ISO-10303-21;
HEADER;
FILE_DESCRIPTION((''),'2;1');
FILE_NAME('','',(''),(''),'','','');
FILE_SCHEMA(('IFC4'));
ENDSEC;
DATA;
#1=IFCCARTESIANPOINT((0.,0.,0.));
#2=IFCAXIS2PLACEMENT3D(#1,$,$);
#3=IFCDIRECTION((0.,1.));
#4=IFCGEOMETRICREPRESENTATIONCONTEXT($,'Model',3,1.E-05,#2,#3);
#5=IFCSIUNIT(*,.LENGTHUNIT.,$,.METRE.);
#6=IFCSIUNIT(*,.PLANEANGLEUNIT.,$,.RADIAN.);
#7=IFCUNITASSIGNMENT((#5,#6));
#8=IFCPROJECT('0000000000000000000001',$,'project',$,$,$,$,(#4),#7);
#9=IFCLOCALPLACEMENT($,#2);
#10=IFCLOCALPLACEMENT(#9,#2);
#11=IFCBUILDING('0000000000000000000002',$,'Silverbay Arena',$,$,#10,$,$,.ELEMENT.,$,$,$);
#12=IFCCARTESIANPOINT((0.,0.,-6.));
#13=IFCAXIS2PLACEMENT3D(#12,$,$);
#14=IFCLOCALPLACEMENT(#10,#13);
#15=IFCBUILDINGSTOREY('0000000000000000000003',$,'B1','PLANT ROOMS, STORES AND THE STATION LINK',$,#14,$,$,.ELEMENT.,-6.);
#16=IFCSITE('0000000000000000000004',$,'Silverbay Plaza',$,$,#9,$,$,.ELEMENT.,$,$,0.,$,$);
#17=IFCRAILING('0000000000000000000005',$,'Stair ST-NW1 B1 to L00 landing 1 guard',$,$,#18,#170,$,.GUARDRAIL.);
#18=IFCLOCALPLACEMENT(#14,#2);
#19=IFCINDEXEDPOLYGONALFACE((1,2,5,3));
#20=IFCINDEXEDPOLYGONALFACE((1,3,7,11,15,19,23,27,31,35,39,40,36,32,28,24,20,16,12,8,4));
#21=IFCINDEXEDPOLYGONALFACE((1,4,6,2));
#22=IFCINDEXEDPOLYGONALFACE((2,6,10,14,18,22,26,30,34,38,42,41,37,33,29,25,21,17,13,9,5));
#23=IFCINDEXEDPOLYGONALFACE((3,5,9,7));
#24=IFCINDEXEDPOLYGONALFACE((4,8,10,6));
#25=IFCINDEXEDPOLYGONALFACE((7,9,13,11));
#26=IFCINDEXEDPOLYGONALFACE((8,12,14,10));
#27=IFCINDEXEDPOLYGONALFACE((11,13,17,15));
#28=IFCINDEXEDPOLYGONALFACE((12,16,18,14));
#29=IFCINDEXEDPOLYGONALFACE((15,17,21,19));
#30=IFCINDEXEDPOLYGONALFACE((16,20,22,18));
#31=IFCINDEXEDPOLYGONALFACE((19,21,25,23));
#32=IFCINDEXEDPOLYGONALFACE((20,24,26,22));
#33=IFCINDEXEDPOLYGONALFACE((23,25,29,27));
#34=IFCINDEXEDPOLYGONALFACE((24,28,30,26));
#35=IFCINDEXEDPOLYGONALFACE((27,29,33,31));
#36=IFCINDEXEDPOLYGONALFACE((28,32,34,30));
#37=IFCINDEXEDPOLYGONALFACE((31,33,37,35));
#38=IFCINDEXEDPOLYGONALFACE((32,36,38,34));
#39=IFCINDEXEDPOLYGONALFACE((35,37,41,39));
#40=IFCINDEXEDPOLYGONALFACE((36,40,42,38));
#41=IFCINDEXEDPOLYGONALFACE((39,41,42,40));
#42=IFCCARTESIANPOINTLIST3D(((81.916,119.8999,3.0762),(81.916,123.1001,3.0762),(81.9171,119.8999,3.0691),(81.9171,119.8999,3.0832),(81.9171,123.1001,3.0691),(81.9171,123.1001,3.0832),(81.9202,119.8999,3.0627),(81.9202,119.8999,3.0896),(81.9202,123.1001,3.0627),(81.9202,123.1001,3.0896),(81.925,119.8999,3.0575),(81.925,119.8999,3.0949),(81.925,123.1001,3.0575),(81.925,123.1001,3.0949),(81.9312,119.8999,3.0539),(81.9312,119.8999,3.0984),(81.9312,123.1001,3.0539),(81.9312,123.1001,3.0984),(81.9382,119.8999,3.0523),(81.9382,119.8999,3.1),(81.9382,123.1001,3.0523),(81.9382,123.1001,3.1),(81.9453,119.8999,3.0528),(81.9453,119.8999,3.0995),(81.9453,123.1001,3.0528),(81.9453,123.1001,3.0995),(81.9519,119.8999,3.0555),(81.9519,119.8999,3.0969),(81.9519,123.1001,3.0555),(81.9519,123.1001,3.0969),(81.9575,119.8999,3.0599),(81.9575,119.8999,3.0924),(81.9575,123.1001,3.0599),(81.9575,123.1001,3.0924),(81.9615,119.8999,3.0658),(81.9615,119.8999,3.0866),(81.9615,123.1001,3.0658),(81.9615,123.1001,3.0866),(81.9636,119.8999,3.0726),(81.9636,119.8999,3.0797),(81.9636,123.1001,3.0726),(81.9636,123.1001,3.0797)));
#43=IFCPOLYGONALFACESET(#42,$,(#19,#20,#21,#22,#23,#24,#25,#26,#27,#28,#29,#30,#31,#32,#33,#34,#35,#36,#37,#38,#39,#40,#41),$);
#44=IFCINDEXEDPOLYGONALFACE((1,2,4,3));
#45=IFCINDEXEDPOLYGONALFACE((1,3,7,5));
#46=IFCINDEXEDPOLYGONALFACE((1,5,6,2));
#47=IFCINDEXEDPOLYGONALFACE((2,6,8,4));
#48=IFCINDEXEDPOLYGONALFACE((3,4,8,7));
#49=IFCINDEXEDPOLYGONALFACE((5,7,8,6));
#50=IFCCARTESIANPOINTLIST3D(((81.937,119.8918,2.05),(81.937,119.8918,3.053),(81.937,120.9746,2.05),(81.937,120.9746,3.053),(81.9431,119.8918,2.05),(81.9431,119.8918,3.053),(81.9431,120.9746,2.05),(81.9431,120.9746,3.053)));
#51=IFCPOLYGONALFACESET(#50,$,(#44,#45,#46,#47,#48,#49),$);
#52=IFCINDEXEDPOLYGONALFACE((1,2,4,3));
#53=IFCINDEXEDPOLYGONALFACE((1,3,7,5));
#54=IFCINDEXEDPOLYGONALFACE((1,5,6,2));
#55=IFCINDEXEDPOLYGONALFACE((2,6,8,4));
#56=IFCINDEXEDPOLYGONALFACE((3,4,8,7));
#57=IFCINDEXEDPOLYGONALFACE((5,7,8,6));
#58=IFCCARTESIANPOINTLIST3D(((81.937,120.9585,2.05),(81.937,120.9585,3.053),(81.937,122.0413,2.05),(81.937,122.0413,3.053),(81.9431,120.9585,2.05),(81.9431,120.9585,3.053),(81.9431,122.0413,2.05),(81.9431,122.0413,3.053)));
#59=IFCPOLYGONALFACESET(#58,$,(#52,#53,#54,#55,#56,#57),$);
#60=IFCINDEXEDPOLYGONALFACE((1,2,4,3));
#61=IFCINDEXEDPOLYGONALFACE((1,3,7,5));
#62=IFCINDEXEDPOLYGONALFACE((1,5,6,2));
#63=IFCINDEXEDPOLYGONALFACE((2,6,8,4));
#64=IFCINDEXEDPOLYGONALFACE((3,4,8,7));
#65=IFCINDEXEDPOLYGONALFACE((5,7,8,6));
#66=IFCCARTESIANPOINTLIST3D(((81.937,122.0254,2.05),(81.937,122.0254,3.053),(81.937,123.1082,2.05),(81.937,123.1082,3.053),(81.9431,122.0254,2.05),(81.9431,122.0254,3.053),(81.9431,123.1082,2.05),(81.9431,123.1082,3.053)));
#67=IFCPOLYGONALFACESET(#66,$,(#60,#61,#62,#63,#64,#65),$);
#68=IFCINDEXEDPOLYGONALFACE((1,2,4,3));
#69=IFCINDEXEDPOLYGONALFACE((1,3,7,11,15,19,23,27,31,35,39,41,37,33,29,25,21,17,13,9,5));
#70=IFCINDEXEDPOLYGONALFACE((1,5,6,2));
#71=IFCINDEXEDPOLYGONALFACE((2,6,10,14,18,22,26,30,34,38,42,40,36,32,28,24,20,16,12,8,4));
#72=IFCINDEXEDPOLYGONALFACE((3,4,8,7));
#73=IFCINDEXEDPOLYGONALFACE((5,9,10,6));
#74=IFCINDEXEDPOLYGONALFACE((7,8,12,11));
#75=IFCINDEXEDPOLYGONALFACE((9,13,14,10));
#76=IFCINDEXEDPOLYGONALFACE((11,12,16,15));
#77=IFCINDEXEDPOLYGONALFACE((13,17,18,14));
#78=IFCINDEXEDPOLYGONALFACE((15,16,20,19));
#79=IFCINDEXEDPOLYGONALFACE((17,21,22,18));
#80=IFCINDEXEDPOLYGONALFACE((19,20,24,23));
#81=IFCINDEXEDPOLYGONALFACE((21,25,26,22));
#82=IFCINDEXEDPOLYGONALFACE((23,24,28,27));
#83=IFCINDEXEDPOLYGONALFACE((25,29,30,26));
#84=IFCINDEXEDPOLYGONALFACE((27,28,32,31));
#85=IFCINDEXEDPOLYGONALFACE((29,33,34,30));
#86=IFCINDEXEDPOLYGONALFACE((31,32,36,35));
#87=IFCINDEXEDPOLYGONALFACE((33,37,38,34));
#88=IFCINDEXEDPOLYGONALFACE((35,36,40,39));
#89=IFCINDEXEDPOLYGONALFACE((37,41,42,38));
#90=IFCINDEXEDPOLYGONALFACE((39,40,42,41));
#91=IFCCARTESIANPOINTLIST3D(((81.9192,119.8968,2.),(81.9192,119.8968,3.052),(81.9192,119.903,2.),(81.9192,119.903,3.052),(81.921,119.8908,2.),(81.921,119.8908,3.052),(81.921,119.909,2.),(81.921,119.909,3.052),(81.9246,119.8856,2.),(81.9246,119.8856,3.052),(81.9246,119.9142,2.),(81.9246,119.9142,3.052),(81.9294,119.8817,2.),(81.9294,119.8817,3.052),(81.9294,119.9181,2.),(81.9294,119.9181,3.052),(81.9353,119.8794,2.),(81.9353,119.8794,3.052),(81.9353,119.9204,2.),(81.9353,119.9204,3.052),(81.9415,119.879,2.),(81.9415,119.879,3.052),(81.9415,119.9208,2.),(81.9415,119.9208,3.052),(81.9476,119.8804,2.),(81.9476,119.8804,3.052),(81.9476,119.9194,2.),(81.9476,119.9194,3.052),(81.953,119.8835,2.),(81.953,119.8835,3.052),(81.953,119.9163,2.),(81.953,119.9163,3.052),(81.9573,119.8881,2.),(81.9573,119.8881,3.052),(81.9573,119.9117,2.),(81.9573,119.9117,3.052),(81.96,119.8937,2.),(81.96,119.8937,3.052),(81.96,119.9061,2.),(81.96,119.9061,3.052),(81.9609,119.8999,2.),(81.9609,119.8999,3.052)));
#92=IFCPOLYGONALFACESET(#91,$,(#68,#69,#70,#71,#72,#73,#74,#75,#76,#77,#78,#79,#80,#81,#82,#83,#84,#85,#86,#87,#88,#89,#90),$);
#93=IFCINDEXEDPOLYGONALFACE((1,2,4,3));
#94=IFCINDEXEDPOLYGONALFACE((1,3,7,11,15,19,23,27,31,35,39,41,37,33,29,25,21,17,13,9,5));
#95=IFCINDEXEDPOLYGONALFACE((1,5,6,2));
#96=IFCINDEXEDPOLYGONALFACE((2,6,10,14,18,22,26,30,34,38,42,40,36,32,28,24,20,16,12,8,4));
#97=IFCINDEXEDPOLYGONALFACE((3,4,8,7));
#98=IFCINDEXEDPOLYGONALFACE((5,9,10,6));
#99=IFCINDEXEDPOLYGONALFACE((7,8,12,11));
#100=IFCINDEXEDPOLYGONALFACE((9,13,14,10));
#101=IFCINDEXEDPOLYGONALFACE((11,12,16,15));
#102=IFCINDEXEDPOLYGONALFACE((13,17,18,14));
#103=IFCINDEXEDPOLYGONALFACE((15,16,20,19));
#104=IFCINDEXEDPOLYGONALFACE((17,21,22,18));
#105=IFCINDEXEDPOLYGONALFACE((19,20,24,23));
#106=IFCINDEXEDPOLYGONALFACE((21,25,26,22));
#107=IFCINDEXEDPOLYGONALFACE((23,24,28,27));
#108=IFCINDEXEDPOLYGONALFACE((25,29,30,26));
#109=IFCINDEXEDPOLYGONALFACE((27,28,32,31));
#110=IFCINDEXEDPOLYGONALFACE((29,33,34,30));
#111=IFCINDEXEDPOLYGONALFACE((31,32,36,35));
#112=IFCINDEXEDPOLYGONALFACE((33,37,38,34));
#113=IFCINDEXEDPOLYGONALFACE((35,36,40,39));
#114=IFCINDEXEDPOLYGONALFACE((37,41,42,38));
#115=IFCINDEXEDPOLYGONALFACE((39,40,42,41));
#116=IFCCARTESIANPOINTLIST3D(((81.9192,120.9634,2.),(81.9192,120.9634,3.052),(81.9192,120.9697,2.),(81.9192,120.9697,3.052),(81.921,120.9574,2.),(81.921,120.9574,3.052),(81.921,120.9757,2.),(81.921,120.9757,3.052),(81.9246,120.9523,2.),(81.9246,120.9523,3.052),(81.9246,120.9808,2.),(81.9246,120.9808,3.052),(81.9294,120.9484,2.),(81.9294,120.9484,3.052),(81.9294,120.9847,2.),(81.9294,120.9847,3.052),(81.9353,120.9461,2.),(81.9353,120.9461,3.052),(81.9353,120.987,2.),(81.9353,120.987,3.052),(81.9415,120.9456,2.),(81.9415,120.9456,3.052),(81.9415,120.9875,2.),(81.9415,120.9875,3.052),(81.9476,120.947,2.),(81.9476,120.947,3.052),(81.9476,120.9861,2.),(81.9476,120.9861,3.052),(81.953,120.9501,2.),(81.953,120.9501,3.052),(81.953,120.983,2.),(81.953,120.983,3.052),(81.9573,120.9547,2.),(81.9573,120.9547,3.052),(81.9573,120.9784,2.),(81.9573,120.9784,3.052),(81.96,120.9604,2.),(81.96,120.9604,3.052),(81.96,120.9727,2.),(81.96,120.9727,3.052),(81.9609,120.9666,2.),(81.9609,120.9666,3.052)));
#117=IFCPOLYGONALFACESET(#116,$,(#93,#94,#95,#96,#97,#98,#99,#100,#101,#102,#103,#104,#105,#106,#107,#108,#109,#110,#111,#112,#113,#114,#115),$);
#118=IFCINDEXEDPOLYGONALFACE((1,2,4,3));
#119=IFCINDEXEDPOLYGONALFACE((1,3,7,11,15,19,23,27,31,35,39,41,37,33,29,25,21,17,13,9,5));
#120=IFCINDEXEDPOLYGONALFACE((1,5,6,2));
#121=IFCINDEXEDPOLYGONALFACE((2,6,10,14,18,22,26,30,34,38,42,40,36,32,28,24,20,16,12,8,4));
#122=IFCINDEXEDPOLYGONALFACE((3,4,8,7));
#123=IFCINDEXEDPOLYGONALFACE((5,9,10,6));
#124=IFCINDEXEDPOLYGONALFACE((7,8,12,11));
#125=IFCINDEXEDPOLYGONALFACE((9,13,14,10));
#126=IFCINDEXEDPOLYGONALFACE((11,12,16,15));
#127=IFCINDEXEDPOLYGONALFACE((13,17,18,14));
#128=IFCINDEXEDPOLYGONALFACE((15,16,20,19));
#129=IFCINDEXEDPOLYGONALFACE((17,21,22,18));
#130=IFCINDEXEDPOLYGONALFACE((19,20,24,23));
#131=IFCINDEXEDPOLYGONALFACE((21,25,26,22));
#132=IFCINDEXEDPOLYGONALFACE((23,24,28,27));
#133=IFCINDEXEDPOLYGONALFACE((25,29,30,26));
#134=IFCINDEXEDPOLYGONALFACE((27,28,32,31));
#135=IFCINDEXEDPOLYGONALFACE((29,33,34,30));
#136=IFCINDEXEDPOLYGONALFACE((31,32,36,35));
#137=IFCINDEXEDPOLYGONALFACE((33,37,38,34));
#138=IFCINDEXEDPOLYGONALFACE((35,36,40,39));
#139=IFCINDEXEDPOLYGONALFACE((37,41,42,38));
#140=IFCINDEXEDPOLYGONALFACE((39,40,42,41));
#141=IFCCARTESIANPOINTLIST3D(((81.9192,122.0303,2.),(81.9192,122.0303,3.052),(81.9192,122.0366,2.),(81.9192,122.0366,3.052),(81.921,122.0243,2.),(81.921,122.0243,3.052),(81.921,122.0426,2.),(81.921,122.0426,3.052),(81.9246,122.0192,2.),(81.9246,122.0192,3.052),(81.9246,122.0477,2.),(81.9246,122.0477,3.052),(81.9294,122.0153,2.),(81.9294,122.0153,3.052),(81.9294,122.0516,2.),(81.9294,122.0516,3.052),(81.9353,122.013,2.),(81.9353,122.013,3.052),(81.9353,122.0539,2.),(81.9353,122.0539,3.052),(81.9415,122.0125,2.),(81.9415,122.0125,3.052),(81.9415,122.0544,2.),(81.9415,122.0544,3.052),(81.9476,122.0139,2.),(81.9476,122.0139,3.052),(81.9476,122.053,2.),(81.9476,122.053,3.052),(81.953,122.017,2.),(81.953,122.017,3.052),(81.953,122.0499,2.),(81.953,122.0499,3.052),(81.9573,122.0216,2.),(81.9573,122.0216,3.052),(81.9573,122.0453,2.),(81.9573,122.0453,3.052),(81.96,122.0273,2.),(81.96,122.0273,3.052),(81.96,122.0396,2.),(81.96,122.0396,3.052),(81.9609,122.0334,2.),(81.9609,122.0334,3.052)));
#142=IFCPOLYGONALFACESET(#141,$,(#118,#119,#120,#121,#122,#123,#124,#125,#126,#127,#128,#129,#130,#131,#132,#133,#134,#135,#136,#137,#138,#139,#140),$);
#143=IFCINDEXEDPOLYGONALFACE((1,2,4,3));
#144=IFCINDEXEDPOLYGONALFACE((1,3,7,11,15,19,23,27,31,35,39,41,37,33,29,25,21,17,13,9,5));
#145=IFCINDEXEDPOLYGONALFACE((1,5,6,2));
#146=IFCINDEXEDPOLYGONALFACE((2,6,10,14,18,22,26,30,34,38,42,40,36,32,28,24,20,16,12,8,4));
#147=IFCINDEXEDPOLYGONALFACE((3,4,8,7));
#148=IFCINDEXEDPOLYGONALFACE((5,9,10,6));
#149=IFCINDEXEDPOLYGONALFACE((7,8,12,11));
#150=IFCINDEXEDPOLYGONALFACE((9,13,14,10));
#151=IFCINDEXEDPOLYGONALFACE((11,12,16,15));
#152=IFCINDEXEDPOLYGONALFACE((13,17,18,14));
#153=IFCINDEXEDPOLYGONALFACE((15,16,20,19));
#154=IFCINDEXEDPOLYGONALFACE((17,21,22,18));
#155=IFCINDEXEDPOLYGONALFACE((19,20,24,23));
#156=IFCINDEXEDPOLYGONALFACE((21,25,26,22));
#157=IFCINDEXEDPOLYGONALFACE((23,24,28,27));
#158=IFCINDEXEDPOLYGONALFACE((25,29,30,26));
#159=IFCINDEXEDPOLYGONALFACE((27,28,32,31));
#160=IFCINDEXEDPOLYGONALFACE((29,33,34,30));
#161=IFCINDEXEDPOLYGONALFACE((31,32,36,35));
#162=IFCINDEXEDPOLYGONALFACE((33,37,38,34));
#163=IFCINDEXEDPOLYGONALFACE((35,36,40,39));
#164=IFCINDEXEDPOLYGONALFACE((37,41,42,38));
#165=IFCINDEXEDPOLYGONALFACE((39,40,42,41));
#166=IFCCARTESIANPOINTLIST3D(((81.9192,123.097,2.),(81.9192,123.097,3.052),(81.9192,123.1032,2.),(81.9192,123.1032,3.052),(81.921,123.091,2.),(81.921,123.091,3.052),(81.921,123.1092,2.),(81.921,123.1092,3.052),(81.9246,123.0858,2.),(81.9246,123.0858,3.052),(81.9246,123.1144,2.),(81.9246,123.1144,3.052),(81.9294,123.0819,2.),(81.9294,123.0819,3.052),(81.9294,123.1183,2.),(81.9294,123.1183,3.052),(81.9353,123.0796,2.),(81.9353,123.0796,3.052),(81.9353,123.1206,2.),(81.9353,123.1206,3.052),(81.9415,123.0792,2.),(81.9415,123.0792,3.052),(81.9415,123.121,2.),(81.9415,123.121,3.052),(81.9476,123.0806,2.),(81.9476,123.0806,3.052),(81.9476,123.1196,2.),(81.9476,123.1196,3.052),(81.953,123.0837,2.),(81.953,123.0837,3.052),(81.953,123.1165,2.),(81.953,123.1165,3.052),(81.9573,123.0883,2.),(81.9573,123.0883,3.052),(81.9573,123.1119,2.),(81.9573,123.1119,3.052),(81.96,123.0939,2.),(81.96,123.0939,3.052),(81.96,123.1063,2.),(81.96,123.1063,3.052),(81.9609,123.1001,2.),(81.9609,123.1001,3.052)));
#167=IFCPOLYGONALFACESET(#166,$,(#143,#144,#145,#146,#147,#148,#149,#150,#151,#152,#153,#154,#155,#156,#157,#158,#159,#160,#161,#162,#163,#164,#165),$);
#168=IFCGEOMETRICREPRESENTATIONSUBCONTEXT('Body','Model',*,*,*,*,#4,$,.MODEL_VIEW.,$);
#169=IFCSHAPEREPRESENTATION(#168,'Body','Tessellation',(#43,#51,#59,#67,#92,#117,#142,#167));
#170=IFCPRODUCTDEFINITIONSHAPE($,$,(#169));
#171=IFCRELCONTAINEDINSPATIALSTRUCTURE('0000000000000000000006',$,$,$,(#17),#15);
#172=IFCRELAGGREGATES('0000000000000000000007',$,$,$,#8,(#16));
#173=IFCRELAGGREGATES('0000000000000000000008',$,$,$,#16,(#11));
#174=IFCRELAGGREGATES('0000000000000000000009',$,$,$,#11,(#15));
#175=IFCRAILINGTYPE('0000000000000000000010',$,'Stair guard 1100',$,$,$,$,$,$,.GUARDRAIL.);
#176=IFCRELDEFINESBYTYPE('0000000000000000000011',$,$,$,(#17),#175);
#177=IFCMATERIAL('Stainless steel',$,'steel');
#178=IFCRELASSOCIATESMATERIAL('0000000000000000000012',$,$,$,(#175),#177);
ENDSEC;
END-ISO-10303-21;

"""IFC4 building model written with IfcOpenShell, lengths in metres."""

from ifc_helpers import new_model, si_unit, direction, frame, origin, origin_2d, place, context, subcontext, project, spatial, polyline, circle, outline, extrude, material, type_object, element, save


model = new_model("IFC4")

# Units and contexts
model_context = context("Model", 3, precision=1e-05, world=origin(), true_north=direction((0.0, 1.0)))
body_context = subcontext(model_context, "Body", "Model", "MODEL_VIEW")
ifc_project = project(units=[si_unit("LENGTHUNIT", "METRE"), si_unit("PLANEANGLEUNIT", "RADIAN")], contexts=[model_context])

# Site, building, storey
site_placement = place(None, origin())
site = spatial("IfcSite", under=ifc_project, at=site_placement, Name="Silverbay Plaza", CompositionType="ELEMENT", RefElevation=0.0)
building_placement = place(site_placement, origin())
building = spatial("IfcBuilding", under=site, at=building_placement, Name="Silverbay Arena", CompositionType="ELEMENT")
storey_placement = place(building_placement, frame((0.0, 0.0, -6.0)))
storey = spatial("IfcBuildingStorey", under=building, at=storey_placement, Name="B1", Description="PLANT ROOMS, STORES AND THE STATION LINK", CompositionType="ELEMENT", Elevation=-6.0)

# Railing
ifc_material_1 = material(Name="Stainless steel", Category="steel")
railing_type_1 = type_object("IfcRailingType", Name="Stair guard 1100", PredefinedType="GUARDRAIL", material=ifc_material_1)
for number, where, name in (
    (1, (81.9399, 119.8999, 2.0), "Stair ST-NW1 B1 to L00 landing 1 guard"),
):
    element("IfcRailing", number, at=place(storey_placement, frame(where)), inside=storey, type_object=railing_type_1, Name=name, PredefinedType="GUARDRAIL", context=body_context, shape_type="SweptSolid", body=[
        extrude(circle(Radius=0.0239, at=origin_2d()), frame((0.0, 0.0, 1.0762), z_axis=(0.0, 1.0, 0.0), x_axis=(-1.0, 0.0, 0.0)), (0.0, 0.0, 1.0), 3.2002),
        extrude(outline(polyline([(-0.0081, 0.05), (1.0747, 0.05), (1.0747, 1.053), (-0.0081, 1.053), (-0.0081, 0.05)])), frame((-0.0029, 0.0, 0.0), z_axis=(1.0, 0.0, 0.0), x_axis=(0.0, 1.0, 0.0)), (0.0, 0.0, 1.0), 0.0061),
        extrude(outline(polyline([(-0.0081, 0.05), (1.0747, 0.05), (1.0747, 1.053), (-0.0081, 1.053), (-0.0081, 0.05)])), frame((-0.0029, 1.0667, 0.0), z_axis=(1.0, 0.0, 0.0), x_axis=(0.0, 1.0, 0.0)), (0.0, 0.0, 1.0), 0.0061),
        extrude(outline(polyline([(-0.0081, 0.05), (1.0747, 0.05), (1.0747, 1.053), (-0.0081, 1.053), (-0.0081, 0.05)])), frame((-0.0029, 2.1335, 0.0), z_axis=(1.0, 0.0, 0.0), x_axis=(0.0, 1.0, 0.0)), (0.0, 0.0, 1.0), 0.0061),
        extrude(circle(Radius=0.021, at=origin_2d()), origin(), (0.0, 0.0, 1.0), 1.052),
        extrude(circle(Radius=0.021, at=origin_2d()), frame((0.0, 1.0667, 0.0)), (0.0, 0.0, 1.0), 1.052),
        extrude(circle(Radius=0.021, at=origin_2d()), frame((0.0, 2.1335, 0.0)), (0.0, 0.0, 1.0), 1.052),
        extrude(circle(Radius=0.021, at=origin_2d()), frame((0.0, 3.2002, 0.0)), (0.0, 0.0, 1.0), 1.052),
    ])

save(model, "model.ifc")
